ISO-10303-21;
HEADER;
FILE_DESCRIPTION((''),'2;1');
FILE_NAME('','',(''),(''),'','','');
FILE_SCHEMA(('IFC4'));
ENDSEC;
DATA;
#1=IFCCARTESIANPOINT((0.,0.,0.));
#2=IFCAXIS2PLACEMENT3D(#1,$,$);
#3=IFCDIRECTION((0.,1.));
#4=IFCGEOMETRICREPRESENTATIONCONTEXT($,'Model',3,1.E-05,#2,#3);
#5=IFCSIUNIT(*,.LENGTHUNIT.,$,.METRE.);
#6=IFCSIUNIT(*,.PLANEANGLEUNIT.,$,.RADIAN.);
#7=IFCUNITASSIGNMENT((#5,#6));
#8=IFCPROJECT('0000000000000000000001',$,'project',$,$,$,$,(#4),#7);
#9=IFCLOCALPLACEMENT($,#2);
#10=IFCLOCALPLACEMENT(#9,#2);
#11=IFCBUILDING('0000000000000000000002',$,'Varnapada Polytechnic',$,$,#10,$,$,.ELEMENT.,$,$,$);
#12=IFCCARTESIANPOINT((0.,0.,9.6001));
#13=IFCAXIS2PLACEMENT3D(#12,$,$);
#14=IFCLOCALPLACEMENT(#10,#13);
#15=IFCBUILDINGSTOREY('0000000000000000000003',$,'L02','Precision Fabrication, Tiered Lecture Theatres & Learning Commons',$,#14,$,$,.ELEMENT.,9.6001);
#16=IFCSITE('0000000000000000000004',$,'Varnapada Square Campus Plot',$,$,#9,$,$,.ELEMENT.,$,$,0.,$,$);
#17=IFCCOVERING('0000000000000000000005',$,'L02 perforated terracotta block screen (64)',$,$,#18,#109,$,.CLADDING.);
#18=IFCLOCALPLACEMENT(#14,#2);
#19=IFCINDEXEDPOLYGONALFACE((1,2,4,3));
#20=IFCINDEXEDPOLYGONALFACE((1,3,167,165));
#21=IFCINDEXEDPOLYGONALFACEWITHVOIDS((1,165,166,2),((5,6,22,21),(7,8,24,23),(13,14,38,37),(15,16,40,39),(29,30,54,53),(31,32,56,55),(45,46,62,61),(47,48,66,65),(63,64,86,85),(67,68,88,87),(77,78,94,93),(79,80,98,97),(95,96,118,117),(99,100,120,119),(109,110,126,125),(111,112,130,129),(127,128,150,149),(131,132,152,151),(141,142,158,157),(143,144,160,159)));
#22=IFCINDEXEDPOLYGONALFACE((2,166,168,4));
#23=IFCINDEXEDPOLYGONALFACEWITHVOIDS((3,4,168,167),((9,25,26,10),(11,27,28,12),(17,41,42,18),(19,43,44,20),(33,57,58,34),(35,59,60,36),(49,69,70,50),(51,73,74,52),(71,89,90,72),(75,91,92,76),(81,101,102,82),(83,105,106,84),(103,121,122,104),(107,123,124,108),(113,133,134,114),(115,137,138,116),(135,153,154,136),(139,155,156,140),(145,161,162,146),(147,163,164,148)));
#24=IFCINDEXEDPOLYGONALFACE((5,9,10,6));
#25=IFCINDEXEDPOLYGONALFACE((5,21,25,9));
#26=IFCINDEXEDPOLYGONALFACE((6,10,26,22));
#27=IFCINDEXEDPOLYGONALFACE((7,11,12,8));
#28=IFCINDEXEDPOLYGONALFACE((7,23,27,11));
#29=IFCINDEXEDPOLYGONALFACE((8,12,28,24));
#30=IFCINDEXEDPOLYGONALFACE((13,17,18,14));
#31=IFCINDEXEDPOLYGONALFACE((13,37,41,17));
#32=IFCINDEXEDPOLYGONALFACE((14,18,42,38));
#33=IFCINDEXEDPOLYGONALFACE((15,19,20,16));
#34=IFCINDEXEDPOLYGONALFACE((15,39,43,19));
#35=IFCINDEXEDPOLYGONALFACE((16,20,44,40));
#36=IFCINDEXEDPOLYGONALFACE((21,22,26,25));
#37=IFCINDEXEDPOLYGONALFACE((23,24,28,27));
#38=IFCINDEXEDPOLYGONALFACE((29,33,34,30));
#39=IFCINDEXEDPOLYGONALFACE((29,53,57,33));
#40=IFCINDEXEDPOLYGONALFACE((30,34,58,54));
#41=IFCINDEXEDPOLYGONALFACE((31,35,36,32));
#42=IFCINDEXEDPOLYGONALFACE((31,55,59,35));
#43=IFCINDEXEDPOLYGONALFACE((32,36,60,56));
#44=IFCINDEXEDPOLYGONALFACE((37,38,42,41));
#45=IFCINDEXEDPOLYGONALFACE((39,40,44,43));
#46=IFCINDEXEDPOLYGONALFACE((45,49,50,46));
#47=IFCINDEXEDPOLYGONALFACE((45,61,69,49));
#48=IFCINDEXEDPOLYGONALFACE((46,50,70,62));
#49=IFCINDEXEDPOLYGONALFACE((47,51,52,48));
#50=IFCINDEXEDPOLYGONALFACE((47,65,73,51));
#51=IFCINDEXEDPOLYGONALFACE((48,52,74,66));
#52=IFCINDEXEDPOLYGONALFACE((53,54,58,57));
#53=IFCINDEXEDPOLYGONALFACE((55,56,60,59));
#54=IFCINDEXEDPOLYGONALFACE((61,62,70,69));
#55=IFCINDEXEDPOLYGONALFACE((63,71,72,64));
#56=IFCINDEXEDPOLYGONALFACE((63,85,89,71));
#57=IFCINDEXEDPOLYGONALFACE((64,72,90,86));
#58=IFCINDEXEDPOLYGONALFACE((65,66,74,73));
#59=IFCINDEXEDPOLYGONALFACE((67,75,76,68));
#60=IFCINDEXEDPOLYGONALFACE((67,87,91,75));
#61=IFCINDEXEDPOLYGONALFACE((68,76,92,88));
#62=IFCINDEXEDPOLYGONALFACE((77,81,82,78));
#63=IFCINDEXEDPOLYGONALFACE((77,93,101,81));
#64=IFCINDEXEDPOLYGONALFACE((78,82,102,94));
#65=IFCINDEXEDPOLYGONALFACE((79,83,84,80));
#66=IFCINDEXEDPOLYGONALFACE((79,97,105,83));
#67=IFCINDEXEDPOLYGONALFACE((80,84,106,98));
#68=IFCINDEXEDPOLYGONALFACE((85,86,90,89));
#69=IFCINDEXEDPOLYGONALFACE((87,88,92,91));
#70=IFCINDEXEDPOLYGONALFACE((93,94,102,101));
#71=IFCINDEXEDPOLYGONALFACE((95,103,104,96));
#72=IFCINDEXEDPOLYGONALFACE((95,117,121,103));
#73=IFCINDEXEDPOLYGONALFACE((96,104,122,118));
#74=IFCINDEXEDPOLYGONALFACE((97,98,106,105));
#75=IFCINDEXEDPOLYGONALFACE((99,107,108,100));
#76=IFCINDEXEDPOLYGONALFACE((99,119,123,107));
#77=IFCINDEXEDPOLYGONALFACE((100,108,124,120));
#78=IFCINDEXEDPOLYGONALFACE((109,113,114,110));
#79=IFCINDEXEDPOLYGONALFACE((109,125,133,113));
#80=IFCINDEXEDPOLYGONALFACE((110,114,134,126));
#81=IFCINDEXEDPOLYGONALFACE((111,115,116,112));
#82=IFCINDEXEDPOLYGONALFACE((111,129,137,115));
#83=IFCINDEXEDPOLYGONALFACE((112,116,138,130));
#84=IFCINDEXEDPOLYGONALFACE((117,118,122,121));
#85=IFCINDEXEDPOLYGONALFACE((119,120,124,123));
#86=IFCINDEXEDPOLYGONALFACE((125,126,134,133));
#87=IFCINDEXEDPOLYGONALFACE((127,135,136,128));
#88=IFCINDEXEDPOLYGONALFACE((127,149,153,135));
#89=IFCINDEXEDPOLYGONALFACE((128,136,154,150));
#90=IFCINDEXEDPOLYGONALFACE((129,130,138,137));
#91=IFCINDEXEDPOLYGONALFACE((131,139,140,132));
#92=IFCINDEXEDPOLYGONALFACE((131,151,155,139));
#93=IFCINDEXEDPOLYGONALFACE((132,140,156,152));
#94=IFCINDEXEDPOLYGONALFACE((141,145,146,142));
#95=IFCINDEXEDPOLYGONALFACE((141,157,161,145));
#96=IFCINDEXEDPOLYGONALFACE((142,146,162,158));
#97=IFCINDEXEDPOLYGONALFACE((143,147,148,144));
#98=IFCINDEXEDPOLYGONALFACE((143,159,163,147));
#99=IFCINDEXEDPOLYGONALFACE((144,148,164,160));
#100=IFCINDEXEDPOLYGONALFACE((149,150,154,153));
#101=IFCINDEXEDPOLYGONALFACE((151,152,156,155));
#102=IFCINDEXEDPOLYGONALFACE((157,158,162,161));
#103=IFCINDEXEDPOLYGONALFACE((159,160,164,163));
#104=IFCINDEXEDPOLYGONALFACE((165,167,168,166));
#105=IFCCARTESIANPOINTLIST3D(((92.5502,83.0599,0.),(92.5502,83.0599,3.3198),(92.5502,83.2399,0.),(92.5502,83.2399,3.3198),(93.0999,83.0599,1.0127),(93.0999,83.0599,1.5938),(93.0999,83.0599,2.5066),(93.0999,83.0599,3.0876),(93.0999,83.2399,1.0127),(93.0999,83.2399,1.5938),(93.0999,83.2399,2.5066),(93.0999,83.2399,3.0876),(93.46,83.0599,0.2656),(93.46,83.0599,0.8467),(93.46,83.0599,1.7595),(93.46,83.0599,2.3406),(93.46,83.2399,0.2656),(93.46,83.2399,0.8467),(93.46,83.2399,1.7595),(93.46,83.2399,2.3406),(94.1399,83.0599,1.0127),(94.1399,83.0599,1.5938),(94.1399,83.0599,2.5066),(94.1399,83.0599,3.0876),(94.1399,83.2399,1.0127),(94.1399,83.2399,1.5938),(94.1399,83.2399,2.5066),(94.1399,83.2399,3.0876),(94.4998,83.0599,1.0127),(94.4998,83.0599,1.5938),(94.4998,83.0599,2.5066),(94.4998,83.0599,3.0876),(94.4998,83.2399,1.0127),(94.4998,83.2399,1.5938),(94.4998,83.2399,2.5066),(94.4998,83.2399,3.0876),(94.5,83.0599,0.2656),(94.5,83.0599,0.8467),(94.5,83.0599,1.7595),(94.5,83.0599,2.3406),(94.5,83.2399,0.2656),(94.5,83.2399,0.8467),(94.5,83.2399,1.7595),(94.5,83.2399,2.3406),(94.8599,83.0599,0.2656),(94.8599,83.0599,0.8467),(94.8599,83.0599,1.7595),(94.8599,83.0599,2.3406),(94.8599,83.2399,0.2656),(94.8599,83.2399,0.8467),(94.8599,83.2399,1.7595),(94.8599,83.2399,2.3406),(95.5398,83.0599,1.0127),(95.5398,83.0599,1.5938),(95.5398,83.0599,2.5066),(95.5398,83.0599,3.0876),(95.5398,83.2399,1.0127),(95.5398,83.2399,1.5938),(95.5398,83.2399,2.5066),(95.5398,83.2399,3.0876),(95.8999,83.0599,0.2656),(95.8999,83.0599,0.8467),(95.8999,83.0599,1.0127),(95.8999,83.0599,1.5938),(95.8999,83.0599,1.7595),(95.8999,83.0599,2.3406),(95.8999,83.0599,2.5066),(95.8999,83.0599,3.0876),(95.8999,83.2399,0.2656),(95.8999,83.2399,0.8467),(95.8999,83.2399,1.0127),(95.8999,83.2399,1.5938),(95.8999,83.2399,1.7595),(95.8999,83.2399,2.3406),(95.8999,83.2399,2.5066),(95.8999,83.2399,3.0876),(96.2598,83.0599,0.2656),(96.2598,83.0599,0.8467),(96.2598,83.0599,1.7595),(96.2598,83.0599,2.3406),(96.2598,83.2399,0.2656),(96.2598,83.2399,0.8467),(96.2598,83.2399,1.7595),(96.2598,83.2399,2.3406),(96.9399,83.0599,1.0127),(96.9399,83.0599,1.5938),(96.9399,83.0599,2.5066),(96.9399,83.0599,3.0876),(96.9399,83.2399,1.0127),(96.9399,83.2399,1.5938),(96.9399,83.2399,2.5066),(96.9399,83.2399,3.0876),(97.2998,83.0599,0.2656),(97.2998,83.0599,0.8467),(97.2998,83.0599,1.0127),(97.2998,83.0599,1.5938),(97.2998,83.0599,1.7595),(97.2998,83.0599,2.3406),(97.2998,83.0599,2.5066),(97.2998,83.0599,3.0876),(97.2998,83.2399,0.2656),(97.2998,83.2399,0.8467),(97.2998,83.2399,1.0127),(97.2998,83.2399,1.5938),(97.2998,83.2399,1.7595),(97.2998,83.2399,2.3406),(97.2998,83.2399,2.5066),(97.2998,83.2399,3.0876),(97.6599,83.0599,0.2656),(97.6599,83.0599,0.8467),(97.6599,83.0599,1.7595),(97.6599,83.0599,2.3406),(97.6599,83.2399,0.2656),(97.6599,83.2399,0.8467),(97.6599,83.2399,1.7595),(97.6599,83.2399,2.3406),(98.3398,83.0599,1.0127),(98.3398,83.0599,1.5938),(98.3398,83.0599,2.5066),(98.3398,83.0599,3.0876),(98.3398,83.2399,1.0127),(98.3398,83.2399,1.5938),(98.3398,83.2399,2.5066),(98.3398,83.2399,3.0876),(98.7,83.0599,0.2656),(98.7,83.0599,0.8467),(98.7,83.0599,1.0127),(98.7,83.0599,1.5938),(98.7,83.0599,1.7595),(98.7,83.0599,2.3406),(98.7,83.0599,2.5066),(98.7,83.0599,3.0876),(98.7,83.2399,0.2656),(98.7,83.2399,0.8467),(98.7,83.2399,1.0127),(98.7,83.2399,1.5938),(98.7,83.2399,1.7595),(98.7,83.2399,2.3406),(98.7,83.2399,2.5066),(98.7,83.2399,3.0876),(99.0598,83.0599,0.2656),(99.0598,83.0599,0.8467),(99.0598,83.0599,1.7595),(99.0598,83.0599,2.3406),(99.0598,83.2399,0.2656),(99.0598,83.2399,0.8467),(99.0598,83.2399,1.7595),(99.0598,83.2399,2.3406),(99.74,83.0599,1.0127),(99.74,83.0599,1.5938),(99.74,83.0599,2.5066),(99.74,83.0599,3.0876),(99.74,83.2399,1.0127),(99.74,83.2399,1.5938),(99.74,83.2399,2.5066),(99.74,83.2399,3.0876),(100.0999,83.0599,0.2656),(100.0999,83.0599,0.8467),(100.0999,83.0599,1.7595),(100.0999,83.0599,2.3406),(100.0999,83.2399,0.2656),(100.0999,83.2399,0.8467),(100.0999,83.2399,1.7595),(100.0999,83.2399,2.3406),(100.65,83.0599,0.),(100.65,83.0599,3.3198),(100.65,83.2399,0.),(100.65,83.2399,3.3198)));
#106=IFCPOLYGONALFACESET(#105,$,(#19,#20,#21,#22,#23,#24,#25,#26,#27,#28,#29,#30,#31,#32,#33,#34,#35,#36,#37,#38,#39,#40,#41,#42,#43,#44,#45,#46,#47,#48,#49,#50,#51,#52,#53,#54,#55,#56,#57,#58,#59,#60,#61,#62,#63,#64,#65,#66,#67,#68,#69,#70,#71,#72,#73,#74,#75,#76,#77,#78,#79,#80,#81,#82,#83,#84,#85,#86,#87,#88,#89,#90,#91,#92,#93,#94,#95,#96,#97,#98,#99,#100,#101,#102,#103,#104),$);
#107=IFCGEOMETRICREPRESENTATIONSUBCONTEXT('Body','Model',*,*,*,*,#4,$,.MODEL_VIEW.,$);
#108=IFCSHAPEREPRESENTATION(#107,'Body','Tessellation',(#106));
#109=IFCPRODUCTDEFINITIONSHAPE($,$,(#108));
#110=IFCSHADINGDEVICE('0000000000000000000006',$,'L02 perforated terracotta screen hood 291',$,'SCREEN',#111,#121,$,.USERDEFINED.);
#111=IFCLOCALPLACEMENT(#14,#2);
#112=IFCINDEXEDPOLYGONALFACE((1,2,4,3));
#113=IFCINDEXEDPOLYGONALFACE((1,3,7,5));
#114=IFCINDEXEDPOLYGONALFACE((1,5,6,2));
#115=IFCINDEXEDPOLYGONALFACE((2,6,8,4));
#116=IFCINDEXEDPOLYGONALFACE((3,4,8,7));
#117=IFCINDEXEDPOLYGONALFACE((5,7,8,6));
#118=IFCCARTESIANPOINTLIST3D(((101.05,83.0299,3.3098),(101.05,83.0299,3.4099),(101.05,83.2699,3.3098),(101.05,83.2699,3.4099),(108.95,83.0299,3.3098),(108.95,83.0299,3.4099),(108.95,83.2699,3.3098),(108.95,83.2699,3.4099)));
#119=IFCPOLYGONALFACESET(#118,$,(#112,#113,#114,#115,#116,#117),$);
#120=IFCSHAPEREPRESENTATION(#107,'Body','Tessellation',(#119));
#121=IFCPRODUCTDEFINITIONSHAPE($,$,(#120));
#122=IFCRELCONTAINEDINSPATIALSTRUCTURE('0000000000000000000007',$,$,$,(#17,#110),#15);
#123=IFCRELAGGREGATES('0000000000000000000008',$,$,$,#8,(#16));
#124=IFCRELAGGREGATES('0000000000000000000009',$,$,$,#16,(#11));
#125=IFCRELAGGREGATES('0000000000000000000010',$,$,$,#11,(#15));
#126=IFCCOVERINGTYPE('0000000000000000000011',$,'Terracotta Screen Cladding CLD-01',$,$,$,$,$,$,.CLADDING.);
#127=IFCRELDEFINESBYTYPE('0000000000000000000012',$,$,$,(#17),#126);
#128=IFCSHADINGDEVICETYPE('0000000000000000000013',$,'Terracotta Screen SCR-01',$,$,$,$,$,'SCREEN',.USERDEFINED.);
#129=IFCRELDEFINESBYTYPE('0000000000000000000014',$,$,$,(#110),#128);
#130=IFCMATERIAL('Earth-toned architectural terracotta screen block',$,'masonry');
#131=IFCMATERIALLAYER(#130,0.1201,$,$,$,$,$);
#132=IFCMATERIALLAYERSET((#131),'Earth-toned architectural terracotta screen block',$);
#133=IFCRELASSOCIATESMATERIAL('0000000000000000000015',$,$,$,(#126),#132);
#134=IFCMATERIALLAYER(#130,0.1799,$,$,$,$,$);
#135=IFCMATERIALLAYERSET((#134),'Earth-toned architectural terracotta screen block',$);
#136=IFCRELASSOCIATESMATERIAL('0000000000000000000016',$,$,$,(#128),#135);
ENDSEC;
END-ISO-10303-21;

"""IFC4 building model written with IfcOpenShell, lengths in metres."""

from ifc_helpers import new_model, si_unit, direction, frame, frame_2d, origin, origin_2d, place, context, subcontext, project, spatial, rectangle, extrude, material, layer, layer_set, type_object, element, save


model = new_model("IFC4")

# Units and contexts
model_context = context("Model", 3, precision=1e-05, world=origin(), true_north=direction((0.0, 1.0)))
body_context = subcontext(model_context, "Body", "Model", "MODEL_VIEW")
ifc_project = project(units=[si_unit("LENGTHUNIT", "METRE"), si_unit("PLANEANGLEUNIT", "RADIAN")], contexts=[model_context])

# Site, building, storey
site_placement = place(None, origin())
site = spatial("IfcSite", under=ifc_project, at=site_placement, Name="Varnapada Square Campus Plot", CompositionType="ELEMENT", RefElevation=0.0)
building_placement = place(site_placement, origin())
building = spatial("IfcBuilding", under=site, at=building_placement, Name="Varnapada Polytechnic", CompositionType="ELEMENT")
storey_placement = place(building_placement, frame((0.0, 0.0, 9.6001)))
storey = spatial("IfcBuildingStorey", under=building, at=storey_placement, Name="L02", Description="Precision Fabrication, Tiered Lecture Theatres & Learning Commons", CompositionType="ELEMENT", Elevation=9.6001)

# Covering, openings
ifc_material = material(Name="Earth-toned architectural terracotta screen block", Category="masonry")
ifc_layer_1 = layer(ifc_material, 0.1201)
ifc_layer_set_1 = layer_set([ifc_layer_1], Name="Earth-toned architectural terracotta screen block")
covering_type = type_object("IfcCoveringType", Name="Terracotta Screen Cladding CLD-01", PredefinedType="CLADDING", material=ifc_layer_set_1)
covering_placement = place(storey_placement, frame((100.6499, 83.1499, 0.0), z_axis=(0.0, 0.0, 1.0), x_axis=(-1.0, 0.0, 0.0)))
covering = element("IfcCovering", 1, at=covering_placement, inside=storey, type_object=covering_type, Name="L02 perforated terracotta block screen (64)", PredefinedType="CLADDING", context=body_context, shape_type="SweptSolid", body=[
    extrude(rectangle(XDim=8.0999, YDim=0.1799, at=frame_2d((4.0498, 0.0))), origin(), (0.0, 0.0, 1.0), 3.3198),
])
opening_1_placement = place(covering_placement, frame((0.55, 0.0, 0.2656)))
element("IfcOpeningElement", 2, at=opening_1_placement, cuts=covering, PredefinedType="OPENING", context=body_context, shape_type="SweptSolid", body=[
    extrude(rectangle(XDim=1.04, YDim=0.5811, at=frame_2d((0.52, 0.2905))), frame((0.0, 0.0999, 0.0), z_axis=(0.0, -1.0, 0.0), x_axis=(1.0, 0.0, 0.0)), (0.0, 0.0, 1.0), 0.2),
])
opening_2_placement = place(covering_placement, frame((1.95, 0.0, 0.2656)))
element("IfcOpeningElement", 3, at=opening_2_placement, cuts=covering, PredefinedType="OPENING", context=body_context, shape_type="SweptSolid", body=[
    extrude(rectangle(XDim=1.04, YDim=0.5811, at=frame_2d((0.52, 0.2905))), frame((0.0, 0.0999, 0.0), z_axis=(0.0, -1.0, 0.0), x_axis=(1.0, 0.0, 0.0)), (0.0, 0.0, 1.0), 0.2),
])
opening_3_placement = place(covering_placement, frame((3.3501, 0.0, 0.2656)))
element("IfcOpeningElement", 4, at=opening_3_placement, cuts=covering, PredefinedType="OPENING", context=body_context, shape_type="SweptSolid", body=[
    extrude(rectangle(XDim=1.04, YDim=0.5811, at=frame_2d((0.52, 0.2905))), frame((0.0, 0.0999, 0.0), z_axis=(0.0, -1.0, 0.0), x_axis=(1.0, 0.0, 0.0)), (0.0, 0.0, 1.0), 0.2),
])
opening_4_placement = place(covering_placement, frame((4.75, 0.0, 0.2656)))
element("IfcOpeningElement", 5, at=opening_4_placement, cuts=covering, PredefinedType="OPENING", context=body_context, shape_type="SweptSolid", body=[
    extrude(rectangle(XDim=1.04, YDim=0.5811, at=frame_2d((0.52, 0.2905))), frame((0.0, 0.0999, 0.0), z_axis=(0.0, -1.0, 0.0), x_axis=(1.0, 0.0, 0.0)), (0.0, 0.0, 1.0), 0.2),
])
opening_5_placement = place(covering_placement, frame((6.1499, 0.0, 0.2656)))
element("IfcOpeningElement", 6, at=opening_5_placement, cuts=covering, PredefinedType="OPENING", context=body_context, shape_type="SweptSolid", body=[
    extrude(rectangle(XDim=1.04, YDim=0.5811, at=frame_2d((0.52, 0.2905))), frame((0.0, 0.0999, 0.0), z_axis=(0.0, -1.0, 0.0), x_axis=(1.0, 0.0, 0.0)), (0.0, 0.0, 1.0), 0.2),
])
opening_6_placement = place(covering_placement, frame((0.9099, 0.0, 1.0127)))
element("IfcOpeningElement", 7, at=opening_6_placement, cuts=covering, PredefinedType="OPENING", context=body_context, shape_type="SweptSolid", body=[
    extrude(rectangle(XDim=1.04, YDim=0.5811, at=frame_2d((0.52, 0.2905))), frame((0.0, 0.0999, 0.0), z_axis=(0.0, -1.0, 0.0), x_axis=(1.0, 0.0, 0.0)), (0.0, 0.0, 1.0), 0.2),
])
opening_7_placement = place(covering_placement, frame((2.3101, 0.0, 1.0127)))
element("IfcOpeningElement", 8, at=opening_7_placement, cuts=covering, PredefinedType="OPENING", context=body_context, shape_type="SweptSolid", body=[
    extrude(rectangle(XDim=1.04, YDim=0.5811, at=frame_2d((0.52, 0.2905))), frame((0.0, 0.0999, 0.0), z_axis=(0.0, -1.0, 0.0), x_axis=(1.0, 0.0, 0.0)), (0.0, 0.0, 1.0), 0.2),
])
opening_8_placement = place(covering_placement, frame((3.71, 0.0, 1.0127)))
element("IfcOpeningElement", 9, at=opening_8_placement, cuts=covering, PredefinedType="OPENING", context=body_context, shape_type="SweptSolid", body=[
    extrude(rectangle(XDim=1.04, YDim=0.5811, at=frame_2d((0.52, 0.2905))), frame((0.0, 0.0999, 0.0), z_axis=(0.0, -1.0, 0.0), x_axis=(1.0, 0.0, 0.0)), (0.0, 0.0, 1.0), 0.2),
])
opening_9_placement = place(covering_placement, frame((5.1101, 0.0, 1.0127)))
element("IfcOpeningElement", 10, at=opening_9_placement, cuts=covering, PredefinedType="OPENING", context=body_context, shape_type="SweptSolid", body=[
    extrude(rectangle(XDim=1.04, YDim=0.5811, at=frame_2d((0.52, 0.2905))), frame((0.0, 0.0999, 0.0), z_axis=(0.0, -1.0, 0.0), x_axis=(1.0, 0.0, 0.0)), (0.0, 0.0, 1.0), 0.2),
])
opening_10_placement = place(covering_placement, frame((6.51, 0.0, 1.0127)))
element("IfcOpeningElement", 11, at=opening_10_placement, cuts=covering, PredefinedType="OPENING", context=body_context, shape_type="SweptSolid", body=[
    extrude(rectangle(XDim=1.04, YDim=0.5811, at=frame_2d((0.52, 0.2905))), frame((0.0, 0.0999, 0.0), z_axis=(0.0, -1.0, 0.0), x_axis=(1.0, 0.0, 0.0)), (0.0, 0.0, 1.0), 0.2),
])
opening_11_placement = place(covering_placement, frame((0.55, 0.0, 1.7595)))
element("IfcOpeningElement", 12, at=opening_11_placement, cuts=covering, PredefinedType="OPENING", context=body_context, shape_type="SweptSolid", body=[
    extrude(rectangle(XDim=1.04, YDim=0.5811, at=frame_2d((0.52, 0.2905))), frame((0.0, 0.0999, 0.0), z_axis=(0.0, -1.0, 0.0), x_axis=(1.0, 0.0, 0.0)), (0.0, 0.0, 1.0), 0.2),
])
opening_12_placement = place(covering_placement, frame((1.95, 0.0, 1.7595)))
element("IfcOpeningElement", 13, at=opening_12_placement, cuts=covering, PredefinedType="OPENING", context=body_context, shape_type="SweptSolid", body=[
    extrude(rectangle(XDim=1.04, YDim=0.5811, at=frame_2d((0.52, 0.2905))), frame((0.0, 0.0999, 0.0), z_axis=(0.0, -1.0, 0.0), x_axis=(1.0, 0.0, 0.0)), (0.0, 0.0, 1.0), 0.2),
])
opening_13_placement = place(covering_placement, frame((3.3501, 0.0, 1.7595)))
element("IfcOpeningElement", 14, at=opening_13_placement, cuts=covering, PredefinedType="OPENING", context=body_context, shape_type="SweptSolid", body=[
    extrude(rectangle(XDim=1.04, YDim=0.5811, at=frame_2d((0.52, 0.2905))), frame((0.0, 0.0999, 0.0), z_axis=(0.0, -1.0, 0.0), x_axis=(1.0, 0.0, 0.0)), (0.0, 0.0, 1.0), 0.2),
])
opening_14_placement = place(covering_placement, frame((4.75, 0.0, 1.7595)))
element("IfcOpeningElement", 15, at=opening_14_placement, cuts=covering, PredefinedType="OPENING", context=body_context, shape_type="SweptSolid", body=[
    extrude(rectangle(XDim=1.04, YDim=0.5811, at=frame_2d((0.52, 0.2905))), frame((0.0, 0.0999, 0.0), z_axis=(0.0, -1.0, 0.0), x_axis=(1.0, 0.0, 0.0)), (0.0, 0.0, 1.0), 0.2),
])
opening_15_placement = place(covering_placement, frame((6.1499, 0.0, 1.7595)))
element("IfcOpeningElement", 16, at=opening_15_placement, cuts=covering, PredefinedType="OPENING", context=body_context, shape_type="SweptSolid", body=[
    extrude(rectangle(XDim=1.04, YDim=0.5811, at=frame_2d((0.52, 0.2905))), frame((0.0, 0.0999, 0.0), z_axis=(0.0, -1.0, 0.0), x_axis=(1.0, 0.0, 0.0)), (0.0, 0.0, 1.0), 0.2),
])
opening_16_placement = place(covering_placement, frame((0.9099, 0.0, 2.5066)))
element("IfcOpeningElement", 17, at=opening_16_placement, cuts=covering, PredefinedType="OPENING", context=body_context, shape_type="SweptSolid", body=[
    extrude(rectangle(XDim=1.04, YDim=0.5811, at=frame_2d((0.52, 0.2905))), frame((0.0, 0.0999, 0.0), z_axis=(0.0, -1.0, 0.0), x_axis=(1.0, 0.0, 0.0)), (0.0, 0.0, 1.0), 0.2),
])
opening_17_placement = place(covering_placement, frame((2.3101, 0.0, 2.5066)))
element("IfcOpeningElement", 18, at=opening_17_placement, cuts=covering, PredefinedType="OPENING", context=body_context, shape_type="SweptSolid", body=[
    extrude(rectangle(XDim=1.04, YDim=0.5811, at=frame_2d((0.52, 0.2905))), frame((0.0, 0.0999, 0.0), z_axis=(0.0, -1.0, 0.0), x_axis=(1.0, 0.0, 0.0)), (0.0, 0.0, 1.0), 0.2),
])
opening_18_placement = place(covering_placement, frame((3.71, 0.0, 2.5066)))
element("IfcOpeningElement", 19, at=opening_18_placement, cuts=covering, PredefinedType="OPENING", context=body_context, shape_type="SweptSolid", body=[
    extrude(rectangle(XDim=1.04, YDim=0.5811, at=frame_2d((0.52, 0.2905))), frame((0.0, 0.0999, 0.0), z_axis=(0.0, -1.0, 0.0), x_axis=(1.0, 0.0, 0.0)), (0.0, 0.0, 1.0), 0.2),
])
opening_19_placement = place(covering_placement, frame((5.1101, 0.0, 2.5066)))
element("IfcOpeningElement", 20, at=opening_19_placement, cuts=covering, PredefinedType="OPENING", context=body_context, shape_type="SweptSolid", body=[
    extrude(rectangle(XDim=1.04, YDim=0.5811, at=frame_2d((0.52, 0.2905))), frame((0.0, 0.0999, 0.0), z_axis=(0.0, -1.0, 0.0), x_axis=(1.0, 0.0, 0.0)), (0.0, 0.0, 1.0), 0.2),
])
opening_20_placement = place(covering_placement, frame((6.51, 0.0, 2.5066)))
element("IfcOpeningElement", 21, at=opening_20_placement, cuts=covering, PredefinedType="OPENING", context=body_context, shape_type="SweptSolid", body=[
    extrude(rectangle(XDim=1.04, YDim=0.5811, at=frame_2d((0.52, 0.2905))), frame((0.0, 0.0999, 0.0), z_axis=(0.0, -1.0, 0.0), x_axis=(1.0, 0.0, 0.0)), (0.0, 0.0, 1.0), 0.2),
])

# Shading device
ifc_layer_2 = layer(ifc_material, 0.1799)
ifc_layer_set_2 = layer_set([ifc_layer_2], Name="Earth-toned architectural terracotta screen block")
shading_device_type = type_object("IfcShadingDeviceType", Name="Terracotta Screen SCR-01", ElementType="SCREEN", PredefinedType="USERDEFINED", material=ifc_layer_set_2)
shading_device_placement = place(storey_placement, frame((105.0, 83.1499, 3.3098), z_axis=(0.0, 0.0, 1.0), x_axis=(-1.0, 0.0, 0.0)))
element("IfcShadingDevice", 22, at=shading_device_placement, inside=storey, type_object=shading_device_type, Name="L02 perforated terracotta screen hood 291", ObjectType="SCREEN", PredefinedType="USERDEFINED", context=body_context, shape_type="SweptSolid", body=[
    extrude(rectangle(XDim=7.8999, YDim=0.24, at=origin_2d()), origin(), (0.0, 0.0, 1.0), 0.1001),
])

save(model, "model.ifc")
